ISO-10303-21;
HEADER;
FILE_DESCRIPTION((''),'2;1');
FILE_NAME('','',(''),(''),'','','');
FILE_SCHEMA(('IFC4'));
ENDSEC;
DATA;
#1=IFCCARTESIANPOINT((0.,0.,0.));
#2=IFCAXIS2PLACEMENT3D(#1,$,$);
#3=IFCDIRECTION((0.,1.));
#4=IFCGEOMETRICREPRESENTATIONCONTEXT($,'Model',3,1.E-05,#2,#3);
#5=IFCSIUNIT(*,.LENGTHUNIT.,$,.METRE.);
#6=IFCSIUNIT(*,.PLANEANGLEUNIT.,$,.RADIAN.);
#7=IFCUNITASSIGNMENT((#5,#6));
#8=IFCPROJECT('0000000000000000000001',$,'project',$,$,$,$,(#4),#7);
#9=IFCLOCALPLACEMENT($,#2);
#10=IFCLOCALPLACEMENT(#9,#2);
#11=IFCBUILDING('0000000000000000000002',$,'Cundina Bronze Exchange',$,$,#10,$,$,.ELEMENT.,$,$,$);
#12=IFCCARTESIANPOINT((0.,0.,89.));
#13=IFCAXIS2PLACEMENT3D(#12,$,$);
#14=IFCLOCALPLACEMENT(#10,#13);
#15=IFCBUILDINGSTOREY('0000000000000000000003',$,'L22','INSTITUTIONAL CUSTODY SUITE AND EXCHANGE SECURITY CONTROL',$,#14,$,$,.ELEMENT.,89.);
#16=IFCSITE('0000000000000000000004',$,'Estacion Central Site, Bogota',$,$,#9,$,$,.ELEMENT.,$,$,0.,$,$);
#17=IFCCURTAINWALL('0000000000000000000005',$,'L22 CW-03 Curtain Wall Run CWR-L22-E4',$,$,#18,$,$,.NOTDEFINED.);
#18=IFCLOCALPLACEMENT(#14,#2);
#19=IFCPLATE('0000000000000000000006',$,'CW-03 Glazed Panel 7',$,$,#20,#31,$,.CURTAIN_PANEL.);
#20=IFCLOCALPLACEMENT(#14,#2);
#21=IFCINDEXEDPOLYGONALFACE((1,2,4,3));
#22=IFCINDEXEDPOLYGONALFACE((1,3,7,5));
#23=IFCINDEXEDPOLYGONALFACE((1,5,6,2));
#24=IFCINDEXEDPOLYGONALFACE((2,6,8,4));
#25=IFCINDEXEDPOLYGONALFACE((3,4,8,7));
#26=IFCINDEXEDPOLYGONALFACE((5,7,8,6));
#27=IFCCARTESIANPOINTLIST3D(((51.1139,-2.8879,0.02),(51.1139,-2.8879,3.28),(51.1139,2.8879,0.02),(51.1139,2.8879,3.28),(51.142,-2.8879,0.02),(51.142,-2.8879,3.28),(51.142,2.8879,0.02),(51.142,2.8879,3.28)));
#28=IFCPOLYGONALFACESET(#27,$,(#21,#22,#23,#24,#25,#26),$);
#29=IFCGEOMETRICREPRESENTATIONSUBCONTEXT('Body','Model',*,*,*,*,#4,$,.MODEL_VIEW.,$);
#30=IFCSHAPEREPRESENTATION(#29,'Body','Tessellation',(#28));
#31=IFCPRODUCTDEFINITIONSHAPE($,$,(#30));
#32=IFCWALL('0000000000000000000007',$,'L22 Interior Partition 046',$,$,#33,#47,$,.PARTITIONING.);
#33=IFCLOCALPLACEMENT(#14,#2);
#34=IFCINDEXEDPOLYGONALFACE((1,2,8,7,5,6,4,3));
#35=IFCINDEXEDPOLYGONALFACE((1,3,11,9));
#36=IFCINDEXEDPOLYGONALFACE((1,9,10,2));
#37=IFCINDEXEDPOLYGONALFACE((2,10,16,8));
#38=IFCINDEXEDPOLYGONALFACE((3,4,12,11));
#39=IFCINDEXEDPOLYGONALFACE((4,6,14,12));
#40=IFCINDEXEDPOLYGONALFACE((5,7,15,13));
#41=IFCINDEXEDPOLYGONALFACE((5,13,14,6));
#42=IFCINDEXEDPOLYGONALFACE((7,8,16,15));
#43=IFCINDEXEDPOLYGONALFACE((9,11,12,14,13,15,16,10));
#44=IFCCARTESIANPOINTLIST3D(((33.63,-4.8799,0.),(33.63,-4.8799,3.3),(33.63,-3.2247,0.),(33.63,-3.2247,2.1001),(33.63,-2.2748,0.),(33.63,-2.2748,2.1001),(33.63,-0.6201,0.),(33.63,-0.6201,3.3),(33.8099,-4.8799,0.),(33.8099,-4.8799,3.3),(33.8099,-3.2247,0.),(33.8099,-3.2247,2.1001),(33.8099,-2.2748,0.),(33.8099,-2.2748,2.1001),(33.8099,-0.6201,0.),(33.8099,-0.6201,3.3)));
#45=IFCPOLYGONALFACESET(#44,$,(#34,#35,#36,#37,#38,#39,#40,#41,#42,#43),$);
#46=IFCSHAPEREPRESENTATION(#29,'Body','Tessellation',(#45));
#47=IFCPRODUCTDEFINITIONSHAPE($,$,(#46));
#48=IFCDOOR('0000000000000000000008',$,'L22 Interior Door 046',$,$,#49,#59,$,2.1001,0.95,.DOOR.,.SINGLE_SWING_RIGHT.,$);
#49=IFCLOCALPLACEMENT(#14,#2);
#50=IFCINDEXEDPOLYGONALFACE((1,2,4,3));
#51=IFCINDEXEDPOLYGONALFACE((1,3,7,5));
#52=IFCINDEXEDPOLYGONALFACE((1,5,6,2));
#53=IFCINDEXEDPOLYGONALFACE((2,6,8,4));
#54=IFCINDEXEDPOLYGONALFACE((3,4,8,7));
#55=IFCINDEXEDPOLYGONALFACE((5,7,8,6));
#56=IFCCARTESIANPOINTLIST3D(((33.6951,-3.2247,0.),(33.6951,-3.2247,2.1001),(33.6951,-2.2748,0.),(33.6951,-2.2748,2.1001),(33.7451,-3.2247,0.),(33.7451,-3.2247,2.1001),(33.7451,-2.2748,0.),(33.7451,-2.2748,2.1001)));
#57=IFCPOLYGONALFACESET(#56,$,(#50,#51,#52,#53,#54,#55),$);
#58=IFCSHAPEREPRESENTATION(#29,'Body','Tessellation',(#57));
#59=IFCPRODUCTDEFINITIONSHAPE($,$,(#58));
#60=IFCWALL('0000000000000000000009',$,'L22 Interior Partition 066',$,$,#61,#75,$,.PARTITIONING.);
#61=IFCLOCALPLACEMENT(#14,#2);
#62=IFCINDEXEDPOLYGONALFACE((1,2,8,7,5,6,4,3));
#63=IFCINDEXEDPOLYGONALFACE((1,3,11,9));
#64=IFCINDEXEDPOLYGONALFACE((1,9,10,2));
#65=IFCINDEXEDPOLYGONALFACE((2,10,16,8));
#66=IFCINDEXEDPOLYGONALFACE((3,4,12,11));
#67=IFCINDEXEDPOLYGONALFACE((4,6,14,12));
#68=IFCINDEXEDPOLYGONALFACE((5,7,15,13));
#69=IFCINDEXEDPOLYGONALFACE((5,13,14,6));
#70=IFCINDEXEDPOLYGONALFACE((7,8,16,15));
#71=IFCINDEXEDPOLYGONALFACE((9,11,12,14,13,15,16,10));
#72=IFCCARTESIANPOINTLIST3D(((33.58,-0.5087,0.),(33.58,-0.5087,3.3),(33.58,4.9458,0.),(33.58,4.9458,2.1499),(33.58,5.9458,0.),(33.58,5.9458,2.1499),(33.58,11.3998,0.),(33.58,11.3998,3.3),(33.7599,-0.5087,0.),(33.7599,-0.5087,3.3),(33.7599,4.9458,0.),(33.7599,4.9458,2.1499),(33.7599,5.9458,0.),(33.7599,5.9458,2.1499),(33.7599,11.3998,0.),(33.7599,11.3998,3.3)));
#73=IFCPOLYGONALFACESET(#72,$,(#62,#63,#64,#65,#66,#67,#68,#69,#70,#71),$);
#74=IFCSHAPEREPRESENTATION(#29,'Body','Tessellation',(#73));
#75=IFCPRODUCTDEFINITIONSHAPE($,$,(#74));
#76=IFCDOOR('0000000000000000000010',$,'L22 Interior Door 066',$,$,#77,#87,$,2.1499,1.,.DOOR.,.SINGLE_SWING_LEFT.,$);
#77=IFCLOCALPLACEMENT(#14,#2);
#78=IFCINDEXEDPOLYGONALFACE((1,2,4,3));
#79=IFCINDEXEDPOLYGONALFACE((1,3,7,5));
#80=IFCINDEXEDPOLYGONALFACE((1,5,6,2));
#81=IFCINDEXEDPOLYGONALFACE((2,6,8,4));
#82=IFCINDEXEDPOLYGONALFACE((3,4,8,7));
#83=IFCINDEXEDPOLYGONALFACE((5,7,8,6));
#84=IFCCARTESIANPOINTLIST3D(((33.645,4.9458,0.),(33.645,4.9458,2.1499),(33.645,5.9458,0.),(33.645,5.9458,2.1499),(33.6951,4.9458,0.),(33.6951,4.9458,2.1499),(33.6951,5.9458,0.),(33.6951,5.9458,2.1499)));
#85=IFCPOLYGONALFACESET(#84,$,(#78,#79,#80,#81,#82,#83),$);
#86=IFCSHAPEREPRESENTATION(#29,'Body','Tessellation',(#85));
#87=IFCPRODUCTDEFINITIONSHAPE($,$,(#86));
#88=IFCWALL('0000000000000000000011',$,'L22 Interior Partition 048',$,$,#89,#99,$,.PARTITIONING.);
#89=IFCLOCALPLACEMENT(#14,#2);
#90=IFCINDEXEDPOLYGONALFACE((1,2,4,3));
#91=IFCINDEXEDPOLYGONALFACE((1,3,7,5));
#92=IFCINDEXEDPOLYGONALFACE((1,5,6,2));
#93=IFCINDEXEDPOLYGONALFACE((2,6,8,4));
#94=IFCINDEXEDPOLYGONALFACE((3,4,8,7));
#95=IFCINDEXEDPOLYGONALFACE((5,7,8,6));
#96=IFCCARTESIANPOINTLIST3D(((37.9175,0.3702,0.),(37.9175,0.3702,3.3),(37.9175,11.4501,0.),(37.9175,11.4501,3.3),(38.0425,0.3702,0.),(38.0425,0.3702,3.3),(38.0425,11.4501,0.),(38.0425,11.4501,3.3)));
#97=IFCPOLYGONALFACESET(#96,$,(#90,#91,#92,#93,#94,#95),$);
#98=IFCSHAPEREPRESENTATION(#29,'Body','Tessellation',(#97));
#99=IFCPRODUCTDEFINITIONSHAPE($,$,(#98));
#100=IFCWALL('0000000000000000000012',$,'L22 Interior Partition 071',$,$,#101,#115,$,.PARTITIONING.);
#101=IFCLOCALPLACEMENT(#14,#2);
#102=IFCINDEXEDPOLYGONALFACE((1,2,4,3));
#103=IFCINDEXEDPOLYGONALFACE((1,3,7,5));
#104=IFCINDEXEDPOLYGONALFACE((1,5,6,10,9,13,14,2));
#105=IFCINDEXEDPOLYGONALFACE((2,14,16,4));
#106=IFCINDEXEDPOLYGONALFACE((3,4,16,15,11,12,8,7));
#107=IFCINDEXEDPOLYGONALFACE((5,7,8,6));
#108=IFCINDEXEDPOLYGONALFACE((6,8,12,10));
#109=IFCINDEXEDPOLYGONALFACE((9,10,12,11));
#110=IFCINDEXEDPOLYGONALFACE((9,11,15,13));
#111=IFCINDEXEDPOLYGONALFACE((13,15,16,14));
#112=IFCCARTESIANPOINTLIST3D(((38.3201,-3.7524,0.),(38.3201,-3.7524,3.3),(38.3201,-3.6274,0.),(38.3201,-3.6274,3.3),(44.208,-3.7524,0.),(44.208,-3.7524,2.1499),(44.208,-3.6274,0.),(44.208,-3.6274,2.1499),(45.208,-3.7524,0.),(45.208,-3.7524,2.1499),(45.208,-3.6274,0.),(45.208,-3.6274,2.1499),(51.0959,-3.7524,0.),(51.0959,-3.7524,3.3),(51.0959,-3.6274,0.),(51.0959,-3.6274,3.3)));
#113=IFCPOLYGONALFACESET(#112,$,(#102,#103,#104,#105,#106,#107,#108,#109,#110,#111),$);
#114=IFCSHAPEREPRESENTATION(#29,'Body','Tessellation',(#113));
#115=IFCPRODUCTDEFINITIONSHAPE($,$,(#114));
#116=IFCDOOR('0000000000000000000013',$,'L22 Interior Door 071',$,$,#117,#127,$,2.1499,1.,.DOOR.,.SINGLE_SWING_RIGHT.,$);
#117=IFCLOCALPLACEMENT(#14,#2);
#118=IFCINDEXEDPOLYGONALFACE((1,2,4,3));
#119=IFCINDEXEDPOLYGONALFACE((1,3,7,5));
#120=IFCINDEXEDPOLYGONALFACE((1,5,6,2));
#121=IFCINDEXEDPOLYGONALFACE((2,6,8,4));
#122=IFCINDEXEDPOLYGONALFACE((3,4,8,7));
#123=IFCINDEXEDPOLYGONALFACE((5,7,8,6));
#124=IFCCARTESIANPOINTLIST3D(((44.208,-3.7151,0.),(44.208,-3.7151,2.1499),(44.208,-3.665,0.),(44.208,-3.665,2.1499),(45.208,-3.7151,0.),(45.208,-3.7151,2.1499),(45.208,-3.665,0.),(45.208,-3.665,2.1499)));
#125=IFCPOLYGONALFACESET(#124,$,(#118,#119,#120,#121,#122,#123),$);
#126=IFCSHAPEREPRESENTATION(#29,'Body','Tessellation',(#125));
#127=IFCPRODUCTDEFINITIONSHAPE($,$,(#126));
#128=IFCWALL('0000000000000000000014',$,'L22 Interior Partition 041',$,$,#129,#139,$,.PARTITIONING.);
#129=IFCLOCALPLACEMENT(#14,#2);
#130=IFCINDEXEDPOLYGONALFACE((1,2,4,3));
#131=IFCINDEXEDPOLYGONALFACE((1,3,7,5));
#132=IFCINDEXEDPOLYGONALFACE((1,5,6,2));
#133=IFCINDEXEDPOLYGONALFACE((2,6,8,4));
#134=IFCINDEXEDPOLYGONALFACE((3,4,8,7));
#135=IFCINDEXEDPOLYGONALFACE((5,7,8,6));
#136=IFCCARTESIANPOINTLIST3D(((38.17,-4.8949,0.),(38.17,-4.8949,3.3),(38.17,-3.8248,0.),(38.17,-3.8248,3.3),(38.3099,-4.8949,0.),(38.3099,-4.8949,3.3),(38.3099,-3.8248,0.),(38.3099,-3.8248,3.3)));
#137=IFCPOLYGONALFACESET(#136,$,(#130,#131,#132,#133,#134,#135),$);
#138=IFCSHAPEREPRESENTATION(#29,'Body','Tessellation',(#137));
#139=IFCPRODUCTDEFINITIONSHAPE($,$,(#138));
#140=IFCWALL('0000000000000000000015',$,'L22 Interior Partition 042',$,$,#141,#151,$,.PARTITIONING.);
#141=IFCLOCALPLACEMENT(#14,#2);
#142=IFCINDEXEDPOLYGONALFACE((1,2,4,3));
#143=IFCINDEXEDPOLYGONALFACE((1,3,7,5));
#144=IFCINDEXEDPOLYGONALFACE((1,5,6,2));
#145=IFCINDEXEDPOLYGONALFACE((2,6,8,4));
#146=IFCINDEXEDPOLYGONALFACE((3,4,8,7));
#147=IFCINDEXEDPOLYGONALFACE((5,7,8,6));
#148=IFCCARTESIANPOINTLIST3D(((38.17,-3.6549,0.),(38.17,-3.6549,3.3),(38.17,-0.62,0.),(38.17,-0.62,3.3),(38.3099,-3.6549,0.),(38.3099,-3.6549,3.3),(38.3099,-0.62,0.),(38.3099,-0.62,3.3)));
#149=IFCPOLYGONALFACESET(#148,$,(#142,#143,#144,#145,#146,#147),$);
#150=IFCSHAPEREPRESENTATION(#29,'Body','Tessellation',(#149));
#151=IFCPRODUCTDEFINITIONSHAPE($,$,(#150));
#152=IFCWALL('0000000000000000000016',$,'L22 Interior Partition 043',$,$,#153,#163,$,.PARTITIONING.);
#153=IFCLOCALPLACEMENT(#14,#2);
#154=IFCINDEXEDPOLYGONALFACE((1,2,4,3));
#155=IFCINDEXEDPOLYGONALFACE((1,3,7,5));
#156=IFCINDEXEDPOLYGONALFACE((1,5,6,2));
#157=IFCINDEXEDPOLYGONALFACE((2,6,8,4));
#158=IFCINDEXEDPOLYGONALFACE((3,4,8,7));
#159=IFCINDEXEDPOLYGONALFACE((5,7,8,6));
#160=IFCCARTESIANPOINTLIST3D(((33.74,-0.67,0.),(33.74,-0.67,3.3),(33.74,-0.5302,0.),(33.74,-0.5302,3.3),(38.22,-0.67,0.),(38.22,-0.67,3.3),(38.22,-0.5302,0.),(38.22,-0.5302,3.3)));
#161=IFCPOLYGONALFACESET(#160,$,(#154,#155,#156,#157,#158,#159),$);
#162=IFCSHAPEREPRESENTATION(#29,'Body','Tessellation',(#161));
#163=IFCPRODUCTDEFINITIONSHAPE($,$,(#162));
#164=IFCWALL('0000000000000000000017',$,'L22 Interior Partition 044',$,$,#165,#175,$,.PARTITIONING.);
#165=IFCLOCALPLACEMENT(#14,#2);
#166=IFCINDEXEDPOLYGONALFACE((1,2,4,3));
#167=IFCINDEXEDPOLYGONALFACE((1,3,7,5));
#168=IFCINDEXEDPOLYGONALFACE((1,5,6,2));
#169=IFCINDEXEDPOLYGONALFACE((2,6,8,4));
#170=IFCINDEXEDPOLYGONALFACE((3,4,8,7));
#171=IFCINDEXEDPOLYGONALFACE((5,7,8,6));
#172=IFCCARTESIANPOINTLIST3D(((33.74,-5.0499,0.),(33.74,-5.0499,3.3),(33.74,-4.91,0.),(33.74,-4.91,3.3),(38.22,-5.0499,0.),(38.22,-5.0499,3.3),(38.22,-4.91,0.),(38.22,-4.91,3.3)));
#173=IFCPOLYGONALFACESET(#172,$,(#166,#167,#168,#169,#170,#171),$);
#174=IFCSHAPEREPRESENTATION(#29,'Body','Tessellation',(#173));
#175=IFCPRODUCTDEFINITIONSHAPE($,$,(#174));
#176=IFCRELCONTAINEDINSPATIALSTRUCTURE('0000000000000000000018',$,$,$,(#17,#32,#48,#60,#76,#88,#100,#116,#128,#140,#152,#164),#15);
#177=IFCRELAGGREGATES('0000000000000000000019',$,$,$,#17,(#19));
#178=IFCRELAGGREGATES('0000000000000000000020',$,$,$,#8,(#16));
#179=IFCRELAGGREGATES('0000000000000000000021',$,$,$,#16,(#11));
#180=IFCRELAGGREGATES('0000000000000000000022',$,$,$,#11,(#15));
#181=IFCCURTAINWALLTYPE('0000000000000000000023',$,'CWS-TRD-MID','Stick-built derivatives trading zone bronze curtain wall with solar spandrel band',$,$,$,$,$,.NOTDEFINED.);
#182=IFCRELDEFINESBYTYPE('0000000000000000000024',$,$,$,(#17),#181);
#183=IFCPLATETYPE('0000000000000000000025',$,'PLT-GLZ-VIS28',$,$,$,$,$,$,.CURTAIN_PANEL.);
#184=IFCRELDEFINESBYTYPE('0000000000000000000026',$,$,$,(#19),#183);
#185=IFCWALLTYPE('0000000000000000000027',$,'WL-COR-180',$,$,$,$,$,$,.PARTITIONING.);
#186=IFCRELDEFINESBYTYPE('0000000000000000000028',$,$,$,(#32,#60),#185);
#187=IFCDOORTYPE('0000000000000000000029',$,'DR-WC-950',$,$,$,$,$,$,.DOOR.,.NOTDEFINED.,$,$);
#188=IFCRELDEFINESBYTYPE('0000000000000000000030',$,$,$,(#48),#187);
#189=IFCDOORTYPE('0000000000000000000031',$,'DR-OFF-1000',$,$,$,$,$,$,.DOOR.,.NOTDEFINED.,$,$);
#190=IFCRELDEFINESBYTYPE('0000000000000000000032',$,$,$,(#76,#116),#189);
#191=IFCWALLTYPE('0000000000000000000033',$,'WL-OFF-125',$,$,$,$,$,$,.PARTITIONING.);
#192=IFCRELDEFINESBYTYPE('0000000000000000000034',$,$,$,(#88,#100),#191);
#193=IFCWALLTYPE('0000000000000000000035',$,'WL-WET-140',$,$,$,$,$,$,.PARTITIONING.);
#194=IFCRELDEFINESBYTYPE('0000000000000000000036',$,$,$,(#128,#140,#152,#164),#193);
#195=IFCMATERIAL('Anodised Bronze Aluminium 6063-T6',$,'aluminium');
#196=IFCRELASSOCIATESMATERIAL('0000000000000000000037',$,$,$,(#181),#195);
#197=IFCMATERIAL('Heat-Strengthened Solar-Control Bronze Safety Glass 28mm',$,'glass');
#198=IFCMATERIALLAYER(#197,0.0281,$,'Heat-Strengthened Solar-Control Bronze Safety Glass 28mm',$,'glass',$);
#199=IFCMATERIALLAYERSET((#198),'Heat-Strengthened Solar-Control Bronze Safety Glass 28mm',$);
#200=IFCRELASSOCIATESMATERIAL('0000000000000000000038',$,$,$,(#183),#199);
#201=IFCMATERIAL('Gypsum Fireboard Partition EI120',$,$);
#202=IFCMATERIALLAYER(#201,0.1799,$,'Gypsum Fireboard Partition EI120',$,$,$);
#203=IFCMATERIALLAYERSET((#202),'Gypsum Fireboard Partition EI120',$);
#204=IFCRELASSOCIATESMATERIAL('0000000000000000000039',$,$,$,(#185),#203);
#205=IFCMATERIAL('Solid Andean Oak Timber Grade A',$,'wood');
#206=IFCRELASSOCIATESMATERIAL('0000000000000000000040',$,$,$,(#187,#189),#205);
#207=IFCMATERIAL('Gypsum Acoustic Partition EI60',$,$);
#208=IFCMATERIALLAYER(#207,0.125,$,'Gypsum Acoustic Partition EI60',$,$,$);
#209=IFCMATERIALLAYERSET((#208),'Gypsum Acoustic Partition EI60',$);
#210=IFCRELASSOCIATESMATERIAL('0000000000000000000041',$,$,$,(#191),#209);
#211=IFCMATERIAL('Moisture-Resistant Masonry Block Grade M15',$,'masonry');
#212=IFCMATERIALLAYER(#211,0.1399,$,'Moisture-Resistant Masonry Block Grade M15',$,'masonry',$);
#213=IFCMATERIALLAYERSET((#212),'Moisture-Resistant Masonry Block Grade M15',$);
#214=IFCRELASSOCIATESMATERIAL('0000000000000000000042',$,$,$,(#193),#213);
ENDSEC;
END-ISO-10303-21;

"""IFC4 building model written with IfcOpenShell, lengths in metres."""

from ifc_helpers import new_model, si_unit, direction, frame, frame_2d, origin, origin_2d, place, context, subcontext, project, spatial, rectangle, extrude, material, layer, layer_set, type_object, element, fill, aggregate, save


model = new_model("IFC4")

# Units and contexts
model_context = context("Model", 3, precision=1e-05, world=origin(), true_north=direction((0.0, 1.0)))
body_context = subcontext(model_context, "Body", "Model", "MODEL_VIEW")
ifc_project = project(units=[si_unit("LENGTHUNIT", "METRE"), si_unit("PLANEANGLEUNIT", "RADIAN")], contexts=[model_context])

# Site, building, storey
site_placement = place(None, origin())
site = spatial("IfcSite", under=ifc_project, at=site_placement, Name="Estacion Central Site, Bogota", CompositionType="ELEMENT", RefElevation=0.0)
building_placement = place(site_placement, origin())
building = spatial("IfcBuilding", under=site, at=building_placement, Name="Cundina Bronze Exchange", CompositionType="ELEMENT")
storey_placement = place(building_placement, frame((0.0, 0.0, 89.0)))
storey = spatial("IfcBuildingStorey", under=building, at=storey_placement, Name="L22", Description="INSTITUTIONAL CUSTODY SUITE AND EXCHANGE SECURITY CONTROL", CompositionType="ELEMENT", Elevation=89.0)

# Curtain wall
ifc_material_1 = material(Name="Anodised Bronze Aluminium 6063-T6", Category="aluminium")
curtain_wall_type = type_object("IfcCurtainWallType", Name="CWS-TRD-MID", Description="Stick-built derivatives trading zone bronze curtain wall with solar spandrel band", PredefinedType="NOTDEFINED", material=ifc_material_1)
curtain_wall_1_placement = place(storey_placement, origin())
curtain_wall_1 = element("IfcCurtainWall", 1, at=curtain_wall_1_placement, inside=storey, type_object=curtain_wall_type, Name="L22 CW-03 Curtain Wall Run CWR-L22-E4", PredefinedType="NOTDEFINED")

# Plate
ifc_material_2 = material(Name="Heat-Strengthened Solar-Control Bronze Safety Glass 28mm", Category="glass")
ifc_layer_1 = layer(ifc_material_2, 0.0281, Name="Heat-Strengthened Solar-Control Bronze Safety Glass 28mm", Category="glass")
ifc_layer_set_1 = layer_set([ifc_layer_1], Name="Heat-Strengthened Solar-Control Bronze Safety Glass 28mm")
plate_type = type_object("IfcPlateType", Name="PLT-GLZ-VIS28", PredefinedType="CURTAIN_PANEL", material=ifc_layer_set_1)
plate_1_placement = place(storey_placement, frame((51.1279, 0.0, 0.02), z_axis=(0.0, 0.0, 1.0), x_axis=(0.0, 1.0, 0.0)))
plate_1 = element("IfcPlate", 2, at=plate_1_placement, type_object=plate_type, Name="CW-03 Glazed Panel 7", PredefinedType="CURTAIN_PANEL", context=body_context, shape_type="SweptSolid", body=[
    extrude(rectangle(XDim=5.7759, YDim=0.0281, at=origin_2d()), origin(), (0.0, 0.0, 1.0), 3.26),
])
aggregate(curtain_wall_1, [plate_1])

# Walls, openings, doors
ifc_material_3 = material(Name="Gypsum Fireboard Partition EI120")
ifc_layer_2 = layer(ifc_material_3, 0.1799, Name="Gypsum Fireboard Partition EI120")
ifc_layer_set_2 = layer_set([ifc_layer_2], Name="Gypsum Fireboard Partition EI120")
wall_type_1 = type_object("IfcWallType", Name="WL-COR-180", PredefinedType="PARTITIONING", material=ifc_layer_set_2)
wall_1_placement = place(storey_placement, frame((33.72, -4.8799, 0.0), z_axis=(0.0, 0.0, 1.0), x_axis=(0.0, 1.0, 0.0)))
wall_1 = element("IfcWall", 3, at=wall_1_placement, inside=storey, type_object=wall_type_1, Name="L22 Interior Partition 046", PredefinedType="PARTITIONING", context=body_context, shape_type="SweptSolid", body=[
    extrude(rectangle(XDim=4.2598, YDim=0.1799, at=frame_2d((2.1299, 0.0))), origin(), (0.0, 0.0, 1.0), 3.3),
])
opening_1_placement = place(wall_1_placement, frame((1.655, 0.0, 0.0)))
opening_1 = element("IfcOpeningElement", 4, at=opening_1_placement, cuts=wall_1, PredefinedType="OPENING", context=body_context, shape_type="SweptSolid", body=[
    extrude(rectangle(XDim=0.95, YDim=2.1001, at=frame_2d((0.4751, 1.05))), frame((0.0, 0.0999, 0.0), z_axis=(0.0, -1.0, 0.0), x_axis=(1.0, 0.0, 0.0)), (0.0, 0.0, 1.0), 0.2),
])
ifc_material_4 = material(Name="Solid Andean Oak Timber Grade A", Category="wood")
door_type_1 = type_object("IfcDoorType", Name="DR-WC-950", OperationType="NOTDEFINED", PredefinedType="DOOR", material=ifc_material_4)
door_1_placement = place(opening_1_placement, origin())
door_1 = element("IfcDoor", 5, at=door_1_placement, inside=storey, type_object=door_type_1, Name="L22 Interior Door 046", OperationType="SINGLE_SWING_RIGHT", OverallHeight=2.1001, OverallWidth=0.95, PredefinedType="DOOR", context=body_context, shape_type="SweptSolid", body=[
    extrude(rectangle(XDim=0.95, YDim=2.1001, at=frame_2d((0.4751, 1.05))), frame((0.0, 0.0249, 0.0), z_axis=(0.0, -1.0, 0.0), x_axis=(1.0, 0.0, 0.0)), (0.0, 0.0, 1.0), 0.05),
])
fill(opening_1, door_1)
wall_2_placement = place(storey_placement, frame((33.6699, -0.5085, 0.0), z_axis=(0.0, 0.0, 1.0), x_axis=(0.0, 1.0, 0.0)))
wall_2 = element("IfcWall", 6, at=wall_2_placement, inside=storey, type_object=wall_type_1, Name="L22 Interior Partition 066", PredefinedType="PARTITIONING", context=body_context, shape_type="SweptSolid", body=[
    extrude(rectangle(XDim=11.9084, YDim=0.1799, at=frame_2d((5.9541, 0.0))), origin(), (0.0, 0.0, 1.0), 3.3),
])
opening_2_placement = place(wall_2_placement, frame((5.4543, 0.0, 0.0)))
opening_2 = element("IfcOpeningElement", 7, at=opening_2_placement, cuts=wall_2, PredefinedType="OPENING", context=body_context, shape_type="SweptSolid", body=[
    extrude(rectangle(XDim=1.0, YDim=2.1499, at=frame_2d((0.5, 1.075))), frame((0.0, 0.0999, 0.0), z_axis=(0.0, -1.0, 0.0), x_axis=(1.0, 0.0, 0.0)), (0.0, 0.0, 1.0), 0.2),
])
door_type_2 = type_object("IfcDoorType", Name="DR-OFF-1000", OperationType="NOTDEFINED", PredefinedType="DOOR", material=ifc_material_4)
door_2_placement = place(opening_2_placement, origin())
door_2 = element("IfcDoor", 8, at=door_2_placement, inside=storey, type_object=door_type_2, Name="L22 Interior Door 066", OperationType="SINGLE_SWING_LEFT", OverallHeight=2.1499, OverallWidth=1.0, PredefinedType="DOOR", context=body_context, shape_type="SweptSolid", body=[
    extrude(rectangle(XDim=1.0, YDim=2.1499, at=frame_2d((0.5, 1.075))), frame((0.0, 0.0249, 0.0), z_axis=(0.0, -1.0, 0.0), x_axis=(1.0, 0.0, 0.0)), (0.0, 0.0, 1.0), 0.05),
])
fill(opening_2, door_2)

# Wall
ifc_material_5 = material(Name="Gypsum Acoustic Partition EI60")
ifc_layer_3 = layer(ifc_material_5, 0.125, Name="Gypsum Acoustic Partition EI60")
ifc_layer_set_3 = layer_set([ifc_layer_3], Name="Gypsum Acoustic Partition EI60")
wall_type_2 = type_object("IfcWallType", Name="WL-OFF-125", PredefinedType="PARTITIONING", material=ifc_layer_set_3)
wall_3_placement = place(storey_placement, frame((37.98, 0.3701, 0.0), z_axis=(0.0, 0.0, 1.0), x_axis=(0.0, 1.0, 0.0)))
element("IfcWall", 9, at=wall_3_placement, inside=storey, type_object=wall_type_2, Name="L22 Interior Partition 048", PredefinedType="PARTITIONING", context=body_context, shape_type="SweptSolid", body=[
    extrude(rectangle(XDim=11.0798, YDim=0.125, at=frame_2d((5.54, 0.0))), origin(), (0.0, 0.0, 1.0), 3.3),
])

# Wall, opening, door
wall_4_placement = place(storey_placement, frame((38.3201, -3.6899, 0.0), z_axis=(0.0, 0.0, 1.0), x_axis=(1.0, 0.0, 0.0)))
wall_4 = element("IfcWall", 10, at=wall_4_placement, inside=storey, type_object=wall_type_2, Name="L22 Interior Partition 071", PredefinedType="PARTITIONING", context=body_context, shape_type="SweptSolid", body=[
    extrude(rectangle(XDim=12.7759, YDim=0.125, at=frame_2d((6.3879, 0.0))), origin(), (0.0, 0.0, 1.0), 3.3),
])
opening_3_placement = place(wall_4_placement, frame((5.8879, 0.0, 0.0)))
opening_3 = element("IfcOpeningElement", 11, at=opening_3_placement, cuts=wall_4, PredefinedType="OPENING", context=body_context, shape_type="SweptSolid", body=[
    extrude(rectangle(XDim=1.0, YDim=2.1499, at=frame_2d((0.5, 1.075))), frame((0.0, 0.0725, 0.0), z_axis=(0.0, -1.0, 0.0), x_axis=(1.0, 0.0, 0.0)), (0.0, 0.0, 1.0), 0.145),
])
door_3_placement = place(opening_3_placement, origin())
door_3 = element("IfcDoor", 12, at=door_3_placement, inside=storey, type_object=door_type_2, Name="L22 Interior Door 071", OperationType="SINGLE_SWING_RIGHT", OverallHeight=2.1499, OverallWidth=1.0, PredefinedType="DOOR", context=body_context, shape_type="SweptSolid", body=[
    extrude(rectangle(XDim=1.0, YDim=2.1499, at=frame_2d((0.5, 1.075))), frame((0.0, 0.0249, 0.0), z_axis=(0.0, -1.0, 0.0), x_axis=(1.0, 0.0, 0.0)), (0.0, 0.0, 1.0), 0.05),
])
fill(opening_3, door_3)

# Walls
ifc_material_6 = material(Name="Moisture-Resistant Masonry Block Grade M15", Category="masonry")
ifc_layer_4 = layer(ifc_material_6, 0.1399, Name="Moisture-Resistant Masonry Block Grade M15", Category="masonry")
ifc_layer_set_4 = layer_set([ifc_layer_4], Name="Moisture-Resistant Masonry Block Grade M15")
wall_type_3 = type_object("IfcWallType", Name="WL-WET-140", PredefinedType="PARTITIONING", material=ifc_layer_set_4)
wall_5_placement = place(storey_placement, frame((38.24, -4.895, 0.0), z_axis=(0.0, 0.0, 1.0), x_axis=(0.0, 1.0, 0.0)))
element("IfcWall", 13, at=wall_5_placement, inside=storey, type_object=wall_type_3, Name="L22 Interior Partition 041", PredefinedType="PARTITIONING", context=body_context, shape_type="SweptSolid", body=[
    extrude(rectangle(XDim=1.0701, YDim=0.1399, at=frame_2d((0.5352, 0.0))), origin(), (0.0, 0.0, 1.0), 3.3),
])
wall_6_placement = place(storey_placement, frame((38.24, -3.655, 0.0), z_axis=(0.0, 0.0, 1.0), x_axis=(0.0, 1.0, 0.0)))
element("IfcWall", 14, at=wall_6_placement, inside=storey, type_object=wall_type_3, Name="L22 Interior Partition 042", PredefinedType="PARTITIONING", context=body_context, shape_type="SweptSolid", body=[
    extrude(rectangle(XDim=3.0349, YDim=0.1399, at=frame_2d((1.5176, 0.0))), origin(), (0.0, 0.0, 1.0), 3.3),
])
for number, where, z_axis, x_axis, name in (
    (15, (33.74, -0.6001, 0.0), (0.0, 0.0, 1.0), (1.0, 0.0, 0.0), "L22 Interior Partition 043"),
    (16, (33.74, -4.98, 0.0), (0.0, 0.0, 1.0), (1.0, 0.0, 0.0), "L22 Interior Partition 044"),
):
    element("IfcWall", number, at=place(storey_placement, frame(where, z_axis=z_axis, x_axis=x_axis)), inside=storey, type_object=wall_type_3, Name=name, PredefinedType="PARTITIONING", context=body_context, shape_type="SweptSolid", body=[
        extrude(rectangle(XDim=4.48, YDim=0.1399, at=frame_2d((2.24, 0.0))), origin(), (0.0, 0.0, 1.0), 3.3),
    ])

save(model, "model.ifc")
